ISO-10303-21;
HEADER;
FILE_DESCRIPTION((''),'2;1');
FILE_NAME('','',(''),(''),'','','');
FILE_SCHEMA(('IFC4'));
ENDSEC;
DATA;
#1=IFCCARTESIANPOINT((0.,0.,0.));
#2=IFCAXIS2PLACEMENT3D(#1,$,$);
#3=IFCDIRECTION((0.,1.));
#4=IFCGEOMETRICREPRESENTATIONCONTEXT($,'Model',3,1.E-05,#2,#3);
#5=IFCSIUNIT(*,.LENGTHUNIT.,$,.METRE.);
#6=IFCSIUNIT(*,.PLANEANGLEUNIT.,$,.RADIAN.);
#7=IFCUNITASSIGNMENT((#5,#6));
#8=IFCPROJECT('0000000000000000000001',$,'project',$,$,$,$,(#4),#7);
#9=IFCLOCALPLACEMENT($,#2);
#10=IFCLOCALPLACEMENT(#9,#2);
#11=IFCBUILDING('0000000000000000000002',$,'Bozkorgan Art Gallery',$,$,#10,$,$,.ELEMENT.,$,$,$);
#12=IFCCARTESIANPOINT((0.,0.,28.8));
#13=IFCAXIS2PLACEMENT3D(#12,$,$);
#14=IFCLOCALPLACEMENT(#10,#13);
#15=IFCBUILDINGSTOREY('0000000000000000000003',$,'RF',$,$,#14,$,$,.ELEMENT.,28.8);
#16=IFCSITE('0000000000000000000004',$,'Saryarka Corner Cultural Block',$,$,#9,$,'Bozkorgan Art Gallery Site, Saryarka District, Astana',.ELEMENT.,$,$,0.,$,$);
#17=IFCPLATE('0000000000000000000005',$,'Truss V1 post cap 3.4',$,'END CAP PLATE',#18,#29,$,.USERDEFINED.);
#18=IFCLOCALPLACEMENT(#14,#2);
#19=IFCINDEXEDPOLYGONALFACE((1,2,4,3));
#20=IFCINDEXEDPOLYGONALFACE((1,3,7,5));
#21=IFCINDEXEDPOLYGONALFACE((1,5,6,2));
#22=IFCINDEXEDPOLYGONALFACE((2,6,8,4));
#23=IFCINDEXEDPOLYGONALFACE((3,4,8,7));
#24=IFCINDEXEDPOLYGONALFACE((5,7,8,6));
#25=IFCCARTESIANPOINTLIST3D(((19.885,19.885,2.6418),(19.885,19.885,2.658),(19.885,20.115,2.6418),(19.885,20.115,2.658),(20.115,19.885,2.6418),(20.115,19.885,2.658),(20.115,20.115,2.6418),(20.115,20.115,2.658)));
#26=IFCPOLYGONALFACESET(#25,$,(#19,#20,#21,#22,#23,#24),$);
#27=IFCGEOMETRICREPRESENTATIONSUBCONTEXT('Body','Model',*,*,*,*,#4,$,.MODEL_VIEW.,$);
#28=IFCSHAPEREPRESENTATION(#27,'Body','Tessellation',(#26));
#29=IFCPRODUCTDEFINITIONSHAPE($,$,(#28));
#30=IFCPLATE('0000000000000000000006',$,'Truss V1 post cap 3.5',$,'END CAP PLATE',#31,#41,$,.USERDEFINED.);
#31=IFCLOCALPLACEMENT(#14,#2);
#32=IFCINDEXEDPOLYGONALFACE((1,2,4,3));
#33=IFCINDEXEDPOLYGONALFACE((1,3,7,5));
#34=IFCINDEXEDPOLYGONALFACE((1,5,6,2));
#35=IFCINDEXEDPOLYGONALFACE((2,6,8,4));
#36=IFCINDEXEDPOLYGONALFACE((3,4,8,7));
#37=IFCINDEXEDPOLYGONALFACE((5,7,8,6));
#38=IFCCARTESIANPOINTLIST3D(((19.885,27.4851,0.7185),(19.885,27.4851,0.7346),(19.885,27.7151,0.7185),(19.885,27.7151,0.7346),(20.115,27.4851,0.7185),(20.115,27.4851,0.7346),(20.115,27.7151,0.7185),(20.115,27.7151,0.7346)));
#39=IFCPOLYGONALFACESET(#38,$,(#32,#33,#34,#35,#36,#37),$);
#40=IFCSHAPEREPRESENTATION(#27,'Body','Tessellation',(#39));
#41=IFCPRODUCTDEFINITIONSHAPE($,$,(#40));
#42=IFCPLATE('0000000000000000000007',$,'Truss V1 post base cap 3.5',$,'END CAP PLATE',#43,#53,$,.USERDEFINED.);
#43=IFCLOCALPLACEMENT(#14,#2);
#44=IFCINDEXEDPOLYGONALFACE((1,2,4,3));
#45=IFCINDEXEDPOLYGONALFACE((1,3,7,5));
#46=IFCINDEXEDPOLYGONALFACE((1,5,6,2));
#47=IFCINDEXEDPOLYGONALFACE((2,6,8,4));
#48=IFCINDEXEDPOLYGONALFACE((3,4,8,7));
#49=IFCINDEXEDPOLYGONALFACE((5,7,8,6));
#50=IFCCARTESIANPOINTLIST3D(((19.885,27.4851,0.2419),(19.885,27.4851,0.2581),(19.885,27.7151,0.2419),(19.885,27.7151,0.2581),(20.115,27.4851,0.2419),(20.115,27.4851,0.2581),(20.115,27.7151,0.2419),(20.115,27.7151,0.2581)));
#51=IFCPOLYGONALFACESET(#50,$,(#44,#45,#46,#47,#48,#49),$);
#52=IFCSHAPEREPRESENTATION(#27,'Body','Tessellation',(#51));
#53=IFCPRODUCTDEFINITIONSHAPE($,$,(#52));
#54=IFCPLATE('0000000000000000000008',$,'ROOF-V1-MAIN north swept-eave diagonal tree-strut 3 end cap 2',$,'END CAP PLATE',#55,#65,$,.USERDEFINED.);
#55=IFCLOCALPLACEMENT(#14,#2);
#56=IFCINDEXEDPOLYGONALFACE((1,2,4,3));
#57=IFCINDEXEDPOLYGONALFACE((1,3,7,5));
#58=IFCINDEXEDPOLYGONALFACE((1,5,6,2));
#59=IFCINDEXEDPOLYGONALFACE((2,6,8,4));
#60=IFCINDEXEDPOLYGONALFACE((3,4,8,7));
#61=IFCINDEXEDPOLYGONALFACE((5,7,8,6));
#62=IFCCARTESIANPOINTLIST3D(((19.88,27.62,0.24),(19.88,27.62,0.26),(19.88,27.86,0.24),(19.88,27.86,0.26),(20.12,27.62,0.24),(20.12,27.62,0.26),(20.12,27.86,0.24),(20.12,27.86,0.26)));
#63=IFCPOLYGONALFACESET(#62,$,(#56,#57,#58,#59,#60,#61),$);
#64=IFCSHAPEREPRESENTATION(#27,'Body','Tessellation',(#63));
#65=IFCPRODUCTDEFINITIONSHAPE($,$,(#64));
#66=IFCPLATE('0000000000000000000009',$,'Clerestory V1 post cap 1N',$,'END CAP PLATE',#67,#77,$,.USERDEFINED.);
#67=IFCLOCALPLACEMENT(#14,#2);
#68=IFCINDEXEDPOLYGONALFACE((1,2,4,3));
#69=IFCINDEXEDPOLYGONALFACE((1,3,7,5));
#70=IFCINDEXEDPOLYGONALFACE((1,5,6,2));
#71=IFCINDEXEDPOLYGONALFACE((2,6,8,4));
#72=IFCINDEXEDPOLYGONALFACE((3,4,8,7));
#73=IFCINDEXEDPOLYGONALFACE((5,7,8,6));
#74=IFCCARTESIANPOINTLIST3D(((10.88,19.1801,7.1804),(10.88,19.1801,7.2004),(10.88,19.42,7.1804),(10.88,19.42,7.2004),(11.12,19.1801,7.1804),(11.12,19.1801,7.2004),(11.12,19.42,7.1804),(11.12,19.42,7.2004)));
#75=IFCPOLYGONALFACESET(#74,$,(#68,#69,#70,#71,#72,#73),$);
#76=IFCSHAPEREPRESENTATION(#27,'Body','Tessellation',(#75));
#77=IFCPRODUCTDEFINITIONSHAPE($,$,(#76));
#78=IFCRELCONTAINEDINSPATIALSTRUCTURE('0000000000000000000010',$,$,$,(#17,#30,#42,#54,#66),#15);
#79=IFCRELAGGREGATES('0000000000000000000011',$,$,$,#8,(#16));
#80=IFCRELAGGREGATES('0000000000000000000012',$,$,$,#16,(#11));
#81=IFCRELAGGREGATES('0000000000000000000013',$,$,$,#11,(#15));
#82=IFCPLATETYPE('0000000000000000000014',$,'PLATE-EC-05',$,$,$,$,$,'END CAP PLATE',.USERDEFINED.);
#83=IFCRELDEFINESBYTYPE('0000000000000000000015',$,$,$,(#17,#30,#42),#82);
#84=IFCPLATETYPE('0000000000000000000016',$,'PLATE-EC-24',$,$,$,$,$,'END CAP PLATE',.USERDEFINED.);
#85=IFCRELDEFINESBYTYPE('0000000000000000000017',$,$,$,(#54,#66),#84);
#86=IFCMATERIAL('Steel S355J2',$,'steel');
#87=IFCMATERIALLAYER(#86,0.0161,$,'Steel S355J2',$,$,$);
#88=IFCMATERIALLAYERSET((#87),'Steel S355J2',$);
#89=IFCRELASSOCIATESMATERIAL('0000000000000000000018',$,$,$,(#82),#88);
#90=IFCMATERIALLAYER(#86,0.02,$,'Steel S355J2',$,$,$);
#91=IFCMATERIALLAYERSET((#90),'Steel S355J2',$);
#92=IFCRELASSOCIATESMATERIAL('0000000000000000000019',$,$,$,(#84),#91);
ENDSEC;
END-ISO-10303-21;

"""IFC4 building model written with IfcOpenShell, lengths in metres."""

from ifc_helpers import new_model, si_unit, direction, frame, origin, origin_2d, place, context, subcontext, project, spatial, rectangle, extrude, material, layer, layer_set, type_object, element, save


model = new_model("IFC4")

# Units and contexts
model_context = context("Model", 3, precision=1e-05, world=origin(), true_north=direction((0.0, 1.0)))
body_context = subcontext(model_context, "Body", "Model", "MODEL_VIEW")
ifc_project = project(units=[si_unit("LENGTHUNIT", "METRE"), si_unit("PLANEANGLEUNIT", "RADIAN")], contexts=[model_context])

# Site, building, storey
site_placement = place(None, origin())
site = spatial("IfcSite", under=ifc_project, at=site_placement, Name="Saryarka Corner Cultural Block", LongName="Bozkorgan Art Gallery Site, Saryarka District, Astana", CompositionType="ELEMENT", RefElevation=0.0)
building_placement = place(site_placement, origin())
building = spatial("IfcBuilding", under=site, at=building_placement, Name="Bozkorgan Art Gallery", CompositionType="ELEMENT")
storey_placement = place(building_placement, frame((0.0, 0.0, 28.8)))
storey = spatial("IfcBuildingStorey", under=building, at=storey_placement, Name="RF", CompositionType="ELEMENT", Elevation=28.8)

# Shared definitions
ifc_material_1 = material(Name="Steel S355J2", Category="steel")

# Plates
ifc_layer_1 = layer(ifc_material_1, 0.0161, Name="Steel S355J2")
ifc_layer_set_1 = layer_set([ifc_layer_1], Name="Steel S355J2")
plate_type_1 = type_object("IfcPlateType", Name="PLATE-EC-05", ElementType="END CAP PLATE", PredefinedType="USERDEFINED", material=ifc_layer_set_1)
for number, where, z_axis, x_axis, name in (
    (1, (20.0, 20.0, 2.6418), (0.0, 0.0, 1.0), (1.0, 0.0, 0.0), "Truss V1 post cap 3.4"),
    (2, (20.0, 27.6001, 0.7185), (0.0, 0.0, 1.0), (1.0, 0.0, 0.0), "Truss V1 post cap 3.5"),
    (3, (20.0, 27.6001, 0.2419), (0.0, 0.0, 1.0), (1.0, 0.0, 0.0), "Truss V1 post base cap 3.5"),
):
    element("IfcPlate", number, at=place(storey_placement, frame(where, z_axis=z_axis, x_axis=x_axis)), inside=storey, type_object=plate_type_1, Name=name, ObjectType="END CAP PLATE", PredefinedType="USERDEFINED", context=body_context, shape_type="SweptSolid", body=[
        extrude(rectangle(XDim=0.23, YDim=0.23, at=origin_2d()), origin(), (0.0, 0.0, 1.0), 0.0161),
    ])
ifc_layer_2 = layer(ifc_material_1, 0.02, Name="Steel S355J2")
ifc_layer_set_2 = layer_set([ifc_layer_2], Name="Steel S355J2")
plate_type_2 = type_object("IfcPlateType", Name="PLATE-EC-24", ElementType="END CAP PLATE", PredefinedType="USERDEFINED", material=ifc_layer_set_2)
for number, where, z_axis, x_axis, name in (
    (4, (20.0, 27.74, 0.24), (0.0, 0.0, 1.0), (1.0, 0.0, 0.0), "ROOF-V1-MAIN north swept-eave diagonal tree-strut 3 end cap 2"),
    (5, (11.0, 19.3, 7.1804), (0.0, 0.0, 1.0), (1.0, 0.0, 0.0), "Clerestory V1 post cap 1N"),
):
    element("IfcPlate", number, at=place(storey_placement, frame(where, z_axis=z_axis, x_axis=x_axis)), inside=storey, type_object=plate_type_2, Name=name, ObjectType="END CAP PLATE", PredefinedType="USERDEFINED", context=body_context, shape_type="SweptSolid", body=[
        extrude(rectangle(XDim=0.24, YDim=0.24, at=origin_2d()), origin(), (0.0, 0.0, 1.0), 0.02),
    ])

save(model, "model.ifc")
